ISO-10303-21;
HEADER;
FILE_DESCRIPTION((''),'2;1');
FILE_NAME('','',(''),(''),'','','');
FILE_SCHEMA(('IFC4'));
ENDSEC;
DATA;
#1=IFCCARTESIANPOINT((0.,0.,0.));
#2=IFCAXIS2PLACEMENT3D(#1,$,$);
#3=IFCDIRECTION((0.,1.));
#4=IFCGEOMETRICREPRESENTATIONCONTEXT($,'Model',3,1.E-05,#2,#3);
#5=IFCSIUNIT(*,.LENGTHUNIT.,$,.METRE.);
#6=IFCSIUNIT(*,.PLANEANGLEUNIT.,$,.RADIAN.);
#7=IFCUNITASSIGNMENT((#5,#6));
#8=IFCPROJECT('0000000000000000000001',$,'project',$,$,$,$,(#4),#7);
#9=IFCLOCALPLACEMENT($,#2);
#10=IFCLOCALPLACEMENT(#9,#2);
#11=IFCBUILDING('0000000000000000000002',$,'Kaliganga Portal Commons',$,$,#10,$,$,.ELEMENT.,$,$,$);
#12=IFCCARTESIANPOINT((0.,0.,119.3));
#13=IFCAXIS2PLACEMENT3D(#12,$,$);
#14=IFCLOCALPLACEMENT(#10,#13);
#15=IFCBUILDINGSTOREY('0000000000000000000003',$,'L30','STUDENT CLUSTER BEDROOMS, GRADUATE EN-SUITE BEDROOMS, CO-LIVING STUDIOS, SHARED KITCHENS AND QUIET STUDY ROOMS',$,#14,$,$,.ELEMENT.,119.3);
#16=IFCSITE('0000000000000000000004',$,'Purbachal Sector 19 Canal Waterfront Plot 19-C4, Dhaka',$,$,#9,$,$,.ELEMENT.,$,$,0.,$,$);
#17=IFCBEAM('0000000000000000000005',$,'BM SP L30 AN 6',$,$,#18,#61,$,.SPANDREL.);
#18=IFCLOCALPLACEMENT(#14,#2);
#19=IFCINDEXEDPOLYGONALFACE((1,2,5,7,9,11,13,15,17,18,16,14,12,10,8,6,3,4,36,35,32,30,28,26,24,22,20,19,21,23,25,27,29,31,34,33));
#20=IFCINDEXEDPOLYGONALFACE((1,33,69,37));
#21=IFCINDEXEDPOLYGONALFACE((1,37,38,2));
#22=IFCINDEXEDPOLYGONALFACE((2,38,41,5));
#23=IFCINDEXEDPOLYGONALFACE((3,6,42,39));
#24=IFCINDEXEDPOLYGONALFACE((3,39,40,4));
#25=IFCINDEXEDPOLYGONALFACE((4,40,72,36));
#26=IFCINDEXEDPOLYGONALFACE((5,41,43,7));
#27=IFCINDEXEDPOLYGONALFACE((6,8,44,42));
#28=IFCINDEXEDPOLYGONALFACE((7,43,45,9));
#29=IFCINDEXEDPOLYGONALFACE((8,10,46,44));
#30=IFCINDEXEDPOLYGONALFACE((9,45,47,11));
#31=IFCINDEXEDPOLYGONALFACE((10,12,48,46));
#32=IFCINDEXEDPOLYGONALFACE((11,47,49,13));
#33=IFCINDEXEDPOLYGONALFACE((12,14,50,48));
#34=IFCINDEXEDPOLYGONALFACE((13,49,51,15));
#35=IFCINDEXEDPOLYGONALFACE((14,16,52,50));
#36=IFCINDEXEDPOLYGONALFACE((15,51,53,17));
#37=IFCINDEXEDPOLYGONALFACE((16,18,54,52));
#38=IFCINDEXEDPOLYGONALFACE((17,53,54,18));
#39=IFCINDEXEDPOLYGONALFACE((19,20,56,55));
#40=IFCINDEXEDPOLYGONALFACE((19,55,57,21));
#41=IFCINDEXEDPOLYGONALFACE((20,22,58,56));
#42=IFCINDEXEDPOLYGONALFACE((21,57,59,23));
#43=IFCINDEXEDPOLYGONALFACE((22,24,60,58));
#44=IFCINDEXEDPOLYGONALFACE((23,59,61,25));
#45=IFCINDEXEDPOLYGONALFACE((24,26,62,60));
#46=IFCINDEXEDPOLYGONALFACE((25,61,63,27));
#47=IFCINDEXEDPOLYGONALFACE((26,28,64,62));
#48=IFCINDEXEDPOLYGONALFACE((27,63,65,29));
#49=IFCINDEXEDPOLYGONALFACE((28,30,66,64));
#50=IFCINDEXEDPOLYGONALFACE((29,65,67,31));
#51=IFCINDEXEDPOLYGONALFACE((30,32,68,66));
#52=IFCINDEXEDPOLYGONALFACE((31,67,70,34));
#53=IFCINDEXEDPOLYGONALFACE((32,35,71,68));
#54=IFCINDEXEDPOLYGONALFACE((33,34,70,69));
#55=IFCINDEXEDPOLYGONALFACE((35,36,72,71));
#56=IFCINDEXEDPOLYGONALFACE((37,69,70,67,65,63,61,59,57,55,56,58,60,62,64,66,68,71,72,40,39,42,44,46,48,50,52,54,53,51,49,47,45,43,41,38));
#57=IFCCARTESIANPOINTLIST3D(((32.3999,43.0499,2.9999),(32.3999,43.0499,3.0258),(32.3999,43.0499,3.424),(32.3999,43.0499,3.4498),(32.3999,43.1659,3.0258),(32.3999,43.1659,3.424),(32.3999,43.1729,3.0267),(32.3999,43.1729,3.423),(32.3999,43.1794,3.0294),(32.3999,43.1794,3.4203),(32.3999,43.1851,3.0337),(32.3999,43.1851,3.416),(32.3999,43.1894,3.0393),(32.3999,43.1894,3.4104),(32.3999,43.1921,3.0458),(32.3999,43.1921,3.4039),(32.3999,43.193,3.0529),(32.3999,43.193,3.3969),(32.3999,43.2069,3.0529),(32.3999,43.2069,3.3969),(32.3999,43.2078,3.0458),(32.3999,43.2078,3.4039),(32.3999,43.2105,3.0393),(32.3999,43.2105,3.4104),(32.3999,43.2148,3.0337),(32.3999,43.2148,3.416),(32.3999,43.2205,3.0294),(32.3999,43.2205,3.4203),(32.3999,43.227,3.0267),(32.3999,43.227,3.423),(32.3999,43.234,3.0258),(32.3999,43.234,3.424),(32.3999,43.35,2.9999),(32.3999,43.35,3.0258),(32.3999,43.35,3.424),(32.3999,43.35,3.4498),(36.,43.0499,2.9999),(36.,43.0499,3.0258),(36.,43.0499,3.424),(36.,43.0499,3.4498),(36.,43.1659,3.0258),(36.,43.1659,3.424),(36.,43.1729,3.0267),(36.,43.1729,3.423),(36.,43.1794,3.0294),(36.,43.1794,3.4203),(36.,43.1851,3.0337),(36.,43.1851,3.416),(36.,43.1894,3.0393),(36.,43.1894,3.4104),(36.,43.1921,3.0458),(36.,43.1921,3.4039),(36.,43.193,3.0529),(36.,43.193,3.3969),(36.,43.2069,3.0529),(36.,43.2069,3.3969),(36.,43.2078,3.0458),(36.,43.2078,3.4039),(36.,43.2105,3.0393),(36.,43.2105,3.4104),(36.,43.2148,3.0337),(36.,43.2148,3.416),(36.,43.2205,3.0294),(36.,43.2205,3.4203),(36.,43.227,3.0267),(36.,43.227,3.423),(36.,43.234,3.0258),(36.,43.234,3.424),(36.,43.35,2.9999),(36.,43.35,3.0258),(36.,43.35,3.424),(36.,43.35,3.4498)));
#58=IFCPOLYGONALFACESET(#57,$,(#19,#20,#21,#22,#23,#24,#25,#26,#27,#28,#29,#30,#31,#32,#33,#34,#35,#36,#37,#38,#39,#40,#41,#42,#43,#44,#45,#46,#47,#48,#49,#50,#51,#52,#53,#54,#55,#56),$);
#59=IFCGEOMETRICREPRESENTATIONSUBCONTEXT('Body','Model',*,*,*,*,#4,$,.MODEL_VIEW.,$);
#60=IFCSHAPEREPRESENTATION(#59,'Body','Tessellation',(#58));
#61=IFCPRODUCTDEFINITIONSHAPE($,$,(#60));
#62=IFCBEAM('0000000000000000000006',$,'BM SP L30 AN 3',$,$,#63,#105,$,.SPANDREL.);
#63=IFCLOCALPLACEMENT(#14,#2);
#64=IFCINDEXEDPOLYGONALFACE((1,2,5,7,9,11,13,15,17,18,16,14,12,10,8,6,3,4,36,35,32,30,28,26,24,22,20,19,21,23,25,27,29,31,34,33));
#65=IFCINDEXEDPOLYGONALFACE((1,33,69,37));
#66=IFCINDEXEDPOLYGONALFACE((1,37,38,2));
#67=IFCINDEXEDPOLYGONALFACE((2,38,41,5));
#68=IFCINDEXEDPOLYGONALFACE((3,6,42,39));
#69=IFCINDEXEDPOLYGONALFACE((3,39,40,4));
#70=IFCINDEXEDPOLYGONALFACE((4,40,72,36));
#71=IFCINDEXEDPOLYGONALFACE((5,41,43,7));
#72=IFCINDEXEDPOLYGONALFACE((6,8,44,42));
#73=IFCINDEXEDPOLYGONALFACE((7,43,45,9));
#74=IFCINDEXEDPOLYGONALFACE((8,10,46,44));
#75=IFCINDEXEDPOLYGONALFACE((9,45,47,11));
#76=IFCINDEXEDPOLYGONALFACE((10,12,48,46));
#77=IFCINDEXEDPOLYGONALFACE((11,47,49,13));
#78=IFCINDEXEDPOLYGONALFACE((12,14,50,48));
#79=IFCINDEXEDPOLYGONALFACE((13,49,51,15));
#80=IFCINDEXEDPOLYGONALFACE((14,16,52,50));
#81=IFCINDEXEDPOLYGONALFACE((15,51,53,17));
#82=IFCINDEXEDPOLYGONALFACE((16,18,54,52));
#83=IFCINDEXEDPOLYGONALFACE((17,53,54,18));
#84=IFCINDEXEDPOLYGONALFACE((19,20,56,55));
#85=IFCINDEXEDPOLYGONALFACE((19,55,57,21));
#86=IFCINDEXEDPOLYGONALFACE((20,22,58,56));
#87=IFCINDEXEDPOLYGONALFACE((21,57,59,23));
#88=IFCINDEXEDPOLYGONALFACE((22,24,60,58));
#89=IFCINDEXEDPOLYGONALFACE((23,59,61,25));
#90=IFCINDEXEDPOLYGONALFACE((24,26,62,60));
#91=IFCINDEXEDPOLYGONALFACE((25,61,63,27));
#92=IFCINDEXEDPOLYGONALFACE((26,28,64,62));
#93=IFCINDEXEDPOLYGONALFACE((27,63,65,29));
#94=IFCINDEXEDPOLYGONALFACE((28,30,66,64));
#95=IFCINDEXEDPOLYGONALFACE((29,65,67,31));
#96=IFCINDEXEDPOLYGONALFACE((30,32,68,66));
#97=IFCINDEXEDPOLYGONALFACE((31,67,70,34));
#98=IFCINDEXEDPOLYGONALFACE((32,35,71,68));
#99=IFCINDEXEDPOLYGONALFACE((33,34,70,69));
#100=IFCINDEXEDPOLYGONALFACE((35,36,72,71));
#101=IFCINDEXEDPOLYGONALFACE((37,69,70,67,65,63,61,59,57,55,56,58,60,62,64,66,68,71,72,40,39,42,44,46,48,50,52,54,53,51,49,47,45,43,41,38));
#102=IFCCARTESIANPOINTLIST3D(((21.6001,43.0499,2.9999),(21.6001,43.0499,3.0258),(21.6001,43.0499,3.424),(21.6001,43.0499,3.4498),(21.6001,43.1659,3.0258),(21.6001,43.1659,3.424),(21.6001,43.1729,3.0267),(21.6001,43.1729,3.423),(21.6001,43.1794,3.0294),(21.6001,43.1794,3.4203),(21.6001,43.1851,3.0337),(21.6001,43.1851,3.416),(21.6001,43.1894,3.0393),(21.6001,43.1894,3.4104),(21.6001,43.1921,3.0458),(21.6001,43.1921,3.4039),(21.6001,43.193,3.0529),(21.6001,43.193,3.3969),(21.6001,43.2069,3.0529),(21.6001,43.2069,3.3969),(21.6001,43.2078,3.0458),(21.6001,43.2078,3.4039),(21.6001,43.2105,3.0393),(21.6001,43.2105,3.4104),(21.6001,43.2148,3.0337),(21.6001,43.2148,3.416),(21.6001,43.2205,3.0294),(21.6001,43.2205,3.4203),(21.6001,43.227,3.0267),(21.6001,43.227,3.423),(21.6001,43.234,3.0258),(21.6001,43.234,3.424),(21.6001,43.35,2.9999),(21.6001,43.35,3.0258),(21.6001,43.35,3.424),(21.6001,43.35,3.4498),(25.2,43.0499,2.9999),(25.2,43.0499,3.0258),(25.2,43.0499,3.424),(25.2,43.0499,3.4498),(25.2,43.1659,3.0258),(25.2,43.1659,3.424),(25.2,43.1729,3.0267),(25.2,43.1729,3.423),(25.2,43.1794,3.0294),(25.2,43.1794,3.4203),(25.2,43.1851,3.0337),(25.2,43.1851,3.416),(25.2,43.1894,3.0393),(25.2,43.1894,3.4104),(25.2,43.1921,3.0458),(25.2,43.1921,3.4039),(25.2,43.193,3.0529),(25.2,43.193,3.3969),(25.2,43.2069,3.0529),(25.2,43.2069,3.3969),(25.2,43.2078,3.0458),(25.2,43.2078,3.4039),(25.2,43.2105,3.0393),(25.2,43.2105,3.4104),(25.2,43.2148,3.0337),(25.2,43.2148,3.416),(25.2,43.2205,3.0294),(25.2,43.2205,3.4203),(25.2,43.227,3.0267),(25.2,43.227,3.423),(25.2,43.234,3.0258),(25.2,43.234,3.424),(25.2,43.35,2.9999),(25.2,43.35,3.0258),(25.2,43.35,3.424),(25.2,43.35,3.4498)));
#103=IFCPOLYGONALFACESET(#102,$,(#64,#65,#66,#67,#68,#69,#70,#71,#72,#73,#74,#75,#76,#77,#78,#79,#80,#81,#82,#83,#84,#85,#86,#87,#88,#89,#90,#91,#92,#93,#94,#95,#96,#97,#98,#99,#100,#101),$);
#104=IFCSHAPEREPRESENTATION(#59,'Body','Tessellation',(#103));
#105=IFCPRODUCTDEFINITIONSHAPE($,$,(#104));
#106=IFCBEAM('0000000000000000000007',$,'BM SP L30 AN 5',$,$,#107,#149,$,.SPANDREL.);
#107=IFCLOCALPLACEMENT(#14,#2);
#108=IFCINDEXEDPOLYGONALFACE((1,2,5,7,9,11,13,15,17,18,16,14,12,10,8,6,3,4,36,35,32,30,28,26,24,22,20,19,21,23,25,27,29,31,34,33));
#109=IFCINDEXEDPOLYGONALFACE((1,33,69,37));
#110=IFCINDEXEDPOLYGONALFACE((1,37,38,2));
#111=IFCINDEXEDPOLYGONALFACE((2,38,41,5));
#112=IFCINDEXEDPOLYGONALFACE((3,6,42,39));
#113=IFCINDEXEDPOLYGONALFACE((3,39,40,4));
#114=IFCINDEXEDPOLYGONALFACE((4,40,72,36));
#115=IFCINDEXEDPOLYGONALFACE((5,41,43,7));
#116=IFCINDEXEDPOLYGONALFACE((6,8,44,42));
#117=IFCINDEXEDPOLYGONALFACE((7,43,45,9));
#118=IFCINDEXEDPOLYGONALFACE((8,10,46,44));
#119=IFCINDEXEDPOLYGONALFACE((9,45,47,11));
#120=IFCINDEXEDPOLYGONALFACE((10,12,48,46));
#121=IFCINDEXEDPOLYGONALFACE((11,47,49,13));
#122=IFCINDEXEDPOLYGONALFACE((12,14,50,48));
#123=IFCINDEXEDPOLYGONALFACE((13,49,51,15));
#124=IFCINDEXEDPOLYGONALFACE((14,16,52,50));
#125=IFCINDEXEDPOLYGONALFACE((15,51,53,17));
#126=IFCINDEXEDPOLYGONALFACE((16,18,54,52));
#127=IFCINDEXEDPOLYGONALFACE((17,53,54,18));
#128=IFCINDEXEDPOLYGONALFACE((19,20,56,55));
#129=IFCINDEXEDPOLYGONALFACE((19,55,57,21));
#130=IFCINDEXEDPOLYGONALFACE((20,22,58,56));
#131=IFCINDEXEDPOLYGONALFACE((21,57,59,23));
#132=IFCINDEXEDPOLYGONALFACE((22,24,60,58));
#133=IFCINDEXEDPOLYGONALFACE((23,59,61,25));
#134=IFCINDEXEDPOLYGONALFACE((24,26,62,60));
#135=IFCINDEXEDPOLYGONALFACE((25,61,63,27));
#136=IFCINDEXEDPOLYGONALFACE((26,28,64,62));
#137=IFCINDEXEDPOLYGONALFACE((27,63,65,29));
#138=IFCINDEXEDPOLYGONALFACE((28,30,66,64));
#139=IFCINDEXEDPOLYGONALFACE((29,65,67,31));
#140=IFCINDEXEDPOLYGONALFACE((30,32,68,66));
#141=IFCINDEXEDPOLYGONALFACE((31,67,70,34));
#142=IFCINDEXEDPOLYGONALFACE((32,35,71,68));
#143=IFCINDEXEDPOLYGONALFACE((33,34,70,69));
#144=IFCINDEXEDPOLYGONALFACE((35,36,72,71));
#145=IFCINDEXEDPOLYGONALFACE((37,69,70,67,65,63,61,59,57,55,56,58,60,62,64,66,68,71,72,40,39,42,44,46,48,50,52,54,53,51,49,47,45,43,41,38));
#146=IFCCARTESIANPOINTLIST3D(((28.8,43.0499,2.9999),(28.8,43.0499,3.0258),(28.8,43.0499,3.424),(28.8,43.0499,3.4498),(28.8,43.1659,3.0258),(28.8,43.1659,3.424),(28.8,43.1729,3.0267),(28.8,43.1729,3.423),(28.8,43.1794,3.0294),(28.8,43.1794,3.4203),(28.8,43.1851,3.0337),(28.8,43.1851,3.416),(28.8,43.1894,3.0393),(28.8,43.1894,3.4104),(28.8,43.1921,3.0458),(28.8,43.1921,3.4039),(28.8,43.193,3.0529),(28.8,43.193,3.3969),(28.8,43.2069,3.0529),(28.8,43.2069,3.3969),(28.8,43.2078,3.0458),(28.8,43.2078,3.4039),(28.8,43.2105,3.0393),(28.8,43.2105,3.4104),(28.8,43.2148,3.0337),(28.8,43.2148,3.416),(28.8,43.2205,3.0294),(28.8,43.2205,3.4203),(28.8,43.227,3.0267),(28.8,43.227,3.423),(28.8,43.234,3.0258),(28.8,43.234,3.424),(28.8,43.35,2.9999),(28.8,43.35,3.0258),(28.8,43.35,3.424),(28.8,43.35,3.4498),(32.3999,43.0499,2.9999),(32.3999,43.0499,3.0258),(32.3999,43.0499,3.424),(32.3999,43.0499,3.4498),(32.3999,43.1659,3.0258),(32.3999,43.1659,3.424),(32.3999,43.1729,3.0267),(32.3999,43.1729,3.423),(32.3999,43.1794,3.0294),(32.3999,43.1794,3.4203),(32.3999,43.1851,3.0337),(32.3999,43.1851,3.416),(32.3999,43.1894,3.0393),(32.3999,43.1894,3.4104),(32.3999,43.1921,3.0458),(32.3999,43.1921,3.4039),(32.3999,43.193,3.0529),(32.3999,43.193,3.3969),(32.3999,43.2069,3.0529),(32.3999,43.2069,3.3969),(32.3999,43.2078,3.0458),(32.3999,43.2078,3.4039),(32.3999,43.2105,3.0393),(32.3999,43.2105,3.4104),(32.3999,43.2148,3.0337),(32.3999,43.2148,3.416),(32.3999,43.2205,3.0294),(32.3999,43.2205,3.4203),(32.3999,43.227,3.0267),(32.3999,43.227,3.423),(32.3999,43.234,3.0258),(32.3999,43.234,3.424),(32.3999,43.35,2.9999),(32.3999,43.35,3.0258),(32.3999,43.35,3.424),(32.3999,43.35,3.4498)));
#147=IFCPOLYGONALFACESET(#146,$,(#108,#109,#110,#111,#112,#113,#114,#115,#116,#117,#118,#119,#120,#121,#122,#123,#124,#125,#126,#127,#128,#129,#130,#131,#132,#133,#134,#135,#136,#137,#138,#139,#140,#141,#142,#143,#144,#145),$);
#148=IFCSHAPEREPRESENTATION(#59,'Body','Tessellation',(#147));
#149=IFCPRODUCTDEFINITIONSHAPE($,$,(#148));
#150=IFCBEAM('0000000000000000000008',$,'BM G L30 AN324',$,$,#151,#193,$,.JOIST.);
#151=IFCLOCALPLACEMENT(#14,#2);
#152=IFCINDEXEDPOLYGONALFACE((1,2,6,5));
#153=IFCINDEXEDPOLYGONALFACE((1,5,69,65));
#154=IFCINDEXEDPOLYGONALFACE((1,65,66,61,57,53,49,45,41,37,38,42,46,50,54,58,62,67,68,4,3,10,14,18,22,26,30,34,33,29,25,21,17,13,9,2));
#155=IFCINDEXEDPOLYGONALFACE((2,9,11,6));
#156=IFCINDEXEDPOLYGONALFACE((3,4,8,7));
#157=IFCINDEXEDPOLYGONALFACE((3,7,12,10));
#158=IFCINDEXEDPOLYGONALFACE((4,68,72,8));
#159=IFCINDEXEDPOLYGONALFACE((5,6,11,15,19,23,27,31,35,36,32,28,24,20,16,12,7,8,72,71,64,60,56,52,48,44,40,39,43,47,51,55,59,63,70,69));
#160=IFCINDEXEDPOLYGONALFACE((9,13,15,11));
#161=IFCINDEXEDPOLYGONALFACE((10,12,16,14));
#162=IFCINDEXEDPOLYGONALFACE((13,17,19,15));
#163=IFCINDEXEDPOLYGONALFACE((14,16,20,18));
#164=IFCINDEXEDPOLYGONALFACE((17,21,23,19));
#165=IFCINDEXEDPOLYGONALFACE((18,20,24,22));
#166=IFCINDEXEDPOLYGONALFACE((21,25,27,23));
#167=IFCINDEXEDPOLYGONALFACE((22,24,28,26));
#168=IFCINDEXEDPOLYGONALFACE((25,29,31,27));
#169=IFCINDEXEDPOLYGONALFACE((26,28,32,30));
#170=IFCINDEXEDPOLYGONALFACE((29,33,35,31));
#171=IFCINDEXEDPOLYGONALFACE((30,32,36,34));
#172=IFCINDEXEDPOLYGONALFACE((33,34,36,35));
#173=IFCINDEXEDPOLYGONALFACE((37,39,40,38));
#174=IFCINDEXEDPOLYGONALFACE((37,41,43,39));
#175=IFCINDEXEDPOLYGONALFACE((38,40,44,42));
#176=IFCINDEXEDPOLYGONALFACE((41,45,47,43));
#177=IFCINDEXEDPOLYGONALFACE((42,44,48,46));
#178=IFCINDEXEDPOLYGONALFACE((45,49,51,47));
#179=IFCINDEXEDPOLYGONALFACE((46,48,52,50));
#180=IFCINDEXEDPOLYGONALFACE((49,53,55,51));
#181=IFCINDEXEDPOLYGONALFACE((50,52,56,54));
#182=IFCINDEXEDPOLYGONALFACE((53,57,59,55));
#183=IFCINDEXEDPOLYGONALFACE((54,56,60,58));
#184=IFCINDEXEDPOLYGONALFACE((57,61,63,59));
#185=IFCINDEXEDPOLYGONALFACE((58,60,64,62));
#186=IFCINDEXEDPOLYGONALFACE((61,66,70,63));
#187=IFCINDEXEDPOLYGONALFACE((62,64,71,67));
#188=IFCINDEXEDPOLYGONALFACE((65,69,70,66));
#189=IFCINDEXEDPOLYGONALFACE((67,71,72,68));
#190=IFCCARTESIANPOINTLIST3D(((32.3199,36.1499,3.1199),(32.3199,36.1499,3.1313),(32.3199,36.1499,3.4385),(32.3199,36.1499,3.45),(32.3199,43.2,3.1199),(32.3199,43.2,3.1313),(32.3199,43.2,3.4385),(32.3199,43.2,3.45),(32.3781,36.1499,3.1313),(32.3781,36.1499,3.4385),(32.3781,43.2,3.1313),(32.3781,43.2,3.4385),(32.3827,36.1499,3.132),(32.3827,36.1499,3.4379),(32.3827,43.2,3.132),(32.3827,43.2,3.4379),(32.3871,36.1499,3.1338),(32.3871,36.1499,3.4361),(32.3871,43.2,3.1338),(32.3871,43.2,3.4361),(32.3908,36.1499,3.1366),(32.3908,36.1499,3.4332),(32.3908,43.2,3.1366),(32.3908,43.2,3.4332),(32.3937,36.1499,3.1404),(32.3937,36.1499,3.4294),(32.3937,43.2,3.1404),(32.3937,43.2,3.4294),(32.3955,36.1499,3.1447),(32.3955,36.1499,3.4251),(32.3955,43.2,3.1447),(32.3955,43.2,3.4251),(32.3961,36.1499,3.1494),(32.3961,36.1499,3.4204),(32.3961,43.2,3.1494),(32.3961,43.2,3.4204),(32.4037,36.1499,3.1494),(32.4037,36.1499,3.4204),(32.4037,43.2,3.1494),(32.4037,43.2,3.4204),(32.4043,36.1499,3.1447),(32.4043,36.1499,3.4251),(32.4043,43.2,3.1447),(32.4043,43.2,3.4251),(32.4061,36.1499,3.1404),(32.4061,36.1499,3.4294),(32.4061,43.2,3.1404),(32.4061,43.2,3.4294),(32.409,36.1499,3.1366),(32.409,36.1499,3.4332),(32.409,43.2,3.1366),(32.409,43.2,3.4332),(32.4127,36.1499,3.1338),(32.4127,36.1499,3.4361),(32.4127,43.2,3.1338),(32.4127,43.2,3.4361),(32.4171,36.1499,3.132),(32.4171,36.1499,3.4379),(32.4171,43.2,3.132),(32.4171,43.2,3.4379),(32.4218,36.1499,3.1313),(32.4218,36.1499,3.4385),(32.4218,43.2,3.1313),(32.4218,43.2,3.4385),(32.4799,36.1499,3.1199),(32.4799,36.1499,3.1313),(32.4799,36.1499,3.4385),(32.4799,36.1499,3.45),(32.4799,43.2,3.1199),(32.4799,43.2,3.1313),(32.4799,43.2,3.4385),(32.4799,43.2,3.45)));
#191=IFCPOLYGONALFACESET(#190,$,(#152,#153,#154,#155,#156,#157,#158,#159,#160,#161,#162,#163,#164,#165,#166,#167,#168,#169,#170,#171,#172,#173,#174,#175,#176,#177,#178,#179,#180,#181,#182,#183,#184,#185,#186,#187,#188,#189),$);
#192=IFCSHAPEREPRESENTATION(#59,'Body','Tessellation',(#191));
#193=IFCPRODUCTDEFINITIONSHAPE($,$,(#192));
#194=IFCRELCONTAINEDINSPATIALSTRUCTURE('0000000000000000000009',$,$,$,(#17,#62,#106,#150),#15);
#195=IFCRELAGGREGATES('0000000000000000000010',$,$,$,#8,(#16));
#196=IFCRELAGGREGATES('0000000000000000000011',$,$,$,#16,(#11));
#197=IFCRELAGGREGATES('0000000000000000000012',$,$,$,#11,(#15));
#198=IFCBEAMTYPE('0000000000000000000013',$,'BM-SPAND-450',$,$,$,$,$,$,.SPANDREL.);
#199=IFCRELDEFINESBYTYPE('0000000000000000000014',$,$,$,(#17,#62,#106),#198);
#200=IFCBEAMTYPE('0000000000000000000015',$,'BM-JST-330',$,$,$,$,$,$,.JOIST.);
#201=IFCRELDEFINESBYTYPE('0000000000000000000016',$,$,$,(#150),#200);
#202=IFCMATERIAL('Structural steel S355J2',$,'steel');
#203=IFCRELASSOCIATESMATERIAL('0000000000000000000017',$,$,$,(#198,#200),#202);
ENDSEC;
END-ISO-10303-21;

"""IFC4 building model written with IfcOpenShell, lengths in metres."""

from ifc_helpers import new_model, si_unit, direction, frame, origin, origin_2d, place, context, subcontext, project, spatial, i_section, extrude, source, transform, mapped, material, material_profile, profile_set, type_object, element, save


model = new_model("IFC4")

# Units and contexts
model_context = context("Model", 3, precision=1e-05, world=origin(), true_north=direction((0.0, 1.0)))
body_context = subcontext(model_context, "Body", "Model", "MODEL_VIEW")
ifc_project = project(units=[si_unit("LENGTHUNIT", "METRE"), si_unit("PLANEANGLEUNIT", "RADIAN")], contexts=[model_context])

# Site, building, storey
site_placement = place(None, origin())
site = spatial("IfcSite", under=ifc_project, at=site_placement, Name="Purbachal Sector 19 Canal Waterfront Plot 19-C4, Dhaka", CompositionType="ELEMENT", RefElevation=0.0)
building_placement = place(site_placement, origin())
building = spatial("IfcBuilding", under=site, at=building_placement, Name="Kaliganga Portal Commons", CompositionType="ELEMENT")
storey_placement = place(building_placement, frame((0.0, 0.0, 119.3)))
storey = spatial("IfcBuildingStorey", under=building, at=storey_placement, Name="L30", Description="STUDENT CLUSTER BEDROOMS, GRADUATE EN-SUITE BEDROOMS, CO-LIVING STUDIOS, SHARED KITCHENS AND QUIET STUDY ROOMS", CompositionType="ELEMENT", Elevation=119.3)

# Beams
ifc_material_1 = material(Name="Structural steel S355J2", Category="steel")
ifc_material_profile_1 = material_profile(ifc_material_1, i_section(OverallWidth=0.3, OverallDepth=0.45, WebThickness=0.0139, FlangeThickness=0.0259, FilletRadius=0.0271, at=origin_2d()), Name="HE 450 B")
ifc_profile_set_1 = profile_set([ifc_material_profile_1], Name="Structural steel S355J2 wide-flange")
beam_type_1 = type_object("IfcBeamType", Name="BM-SPAND-450", PredefinedType="SPANDREL", material=ifc_profile_set_1)
shared_shape_1 = source(origin(), body_context, "Body", "SweptSolid", [
    extrude(i_section(OverallWidth=0.3, OverallDepth=0.45, WebThickness=0.0139, FlangeThickness=0.0259, FilletRadius=0.0271, at=origin_2d()), origin(), (0.0, 0.0, 1.0), 3.6001),
])
for number, where, z_axis, x_axis, name in (
    (1, (32.3999, 43.2, 3.2249), (1.0, 0.0, 0.0), (0.0, 1.0, 0.0), "BM SP L30 AN 6"),
):
    element("IfcBeam", number, at=place(storey_placement, frame(where, z_axis=z_axis, x_axis=x_axis)), inside=storey, type_object=beam_type_1, Name=name, PredefinedType="SPANDREL", context=body_context, shape_type="MappedRepresentation", body=[
        mapped(shared_shape_1, transform((0.0, 0.0, 0.0), x_axis=(1.0, 0.0, 0.0), y_axis=(0.0, 1.0, 0.0), z_axis=(0.0, 0.0, 1.0), scale=1.0)),
    ])
shared_shape_2 = source(origin(), body_context, "Body", "SweptSolid", [
    extrude(i_section(OverallWidth=0.3, OverallDepth=0.45, WebThickness=0.0139, FlangeThickness=0.0259, FilletRadius=0.0271, at=origin_2d()), origin(), (0.0, 0.0, 1.0), 3.5999),
])
for number, where, z_axis, x_axis, name in (
    (2, (21.6001, 43.2, 3.2249), (1.0, 0.0, 0.0), (0.0, 1.0, 0.0), "BM SP L30 AN 3"),
    (3, (28.8, 43.2, 3.2249), (1.0, 0.0, 0.0), (0.0, 1.0, 0.0), "BM SP L30 AN 5"),
):
    element("IfcBeam", number, at=place(storey_placement, frame(where, z_axis=z_axis, x_axis=x_axis)), inside=storey, type_object=beam_type_1, Name=name, PredefinedType="SPANDREL", context=body_context, shape_type="MappedRepresentation", body=[
        mapped(shared_shape_2, transform((0.0, 0.0, 0.0), x_axis=(1.0, 0.0, 0.0), y_axis=(0.0, 1.0, 0.0), z_axis=(0.0, 0.0, 1.0), scale=1.0)),
    ])
ifc_material_profile_2 = material_profile(ifc_material_1, i_section(OverallWidth=0.1599, OverallDepth=0.3301, WebThickness=0.0076, FlangeThickness=0.0115, FilletRadius=0.0181, at=origin_2d()), Name="IPE 330")
ifc_profile_set_2 = profile_set([ifc_material_profile_2], Name="Structural steel S355J2 wide-flange")
beam_type_2 = type_object("IfcBeamType", Name="BM-JST-330", PredefinedType="JOIST", material=ifc_profile_set_2)
shared_shape_3 = source(origin(), body_context, "Body", "SweptSolid", [
    extrude(i_section(OverallWidth=0.1599, OverallDepth=0.3301, WebThickness=0.0076, FlangeThickness=0.0115, FilletRadius=0.0181, at=origin_2d()), origin(), (0.0, 0.0, 1.0), 7.05),
])
beam_placement = place(storey_placement, frame((32.3999, 36.1499, 3.2849), z_axis=(0.0, 1.0, 0.0), x_axis=(-1.0, 0.0, 0.0)))
element("IfcBeam", 4, at=beam_placement, inside=storey, type_object=beam_type_2, Name="BM G L30 AN324", PredefinedType="JOIST", context=body_context, shape_type="MappedRepresentation", body=[
    mapped(shared_shape_3, transform((0.0, 0.0, 0.0), x_axis=(1.0, 0.0, 0.0), y_axis=(0.0, 1.0, 0.0), z_axis=(0.0, 0.0, 1.0), scale=1.0)),
])

save(model, "model.ifc")
